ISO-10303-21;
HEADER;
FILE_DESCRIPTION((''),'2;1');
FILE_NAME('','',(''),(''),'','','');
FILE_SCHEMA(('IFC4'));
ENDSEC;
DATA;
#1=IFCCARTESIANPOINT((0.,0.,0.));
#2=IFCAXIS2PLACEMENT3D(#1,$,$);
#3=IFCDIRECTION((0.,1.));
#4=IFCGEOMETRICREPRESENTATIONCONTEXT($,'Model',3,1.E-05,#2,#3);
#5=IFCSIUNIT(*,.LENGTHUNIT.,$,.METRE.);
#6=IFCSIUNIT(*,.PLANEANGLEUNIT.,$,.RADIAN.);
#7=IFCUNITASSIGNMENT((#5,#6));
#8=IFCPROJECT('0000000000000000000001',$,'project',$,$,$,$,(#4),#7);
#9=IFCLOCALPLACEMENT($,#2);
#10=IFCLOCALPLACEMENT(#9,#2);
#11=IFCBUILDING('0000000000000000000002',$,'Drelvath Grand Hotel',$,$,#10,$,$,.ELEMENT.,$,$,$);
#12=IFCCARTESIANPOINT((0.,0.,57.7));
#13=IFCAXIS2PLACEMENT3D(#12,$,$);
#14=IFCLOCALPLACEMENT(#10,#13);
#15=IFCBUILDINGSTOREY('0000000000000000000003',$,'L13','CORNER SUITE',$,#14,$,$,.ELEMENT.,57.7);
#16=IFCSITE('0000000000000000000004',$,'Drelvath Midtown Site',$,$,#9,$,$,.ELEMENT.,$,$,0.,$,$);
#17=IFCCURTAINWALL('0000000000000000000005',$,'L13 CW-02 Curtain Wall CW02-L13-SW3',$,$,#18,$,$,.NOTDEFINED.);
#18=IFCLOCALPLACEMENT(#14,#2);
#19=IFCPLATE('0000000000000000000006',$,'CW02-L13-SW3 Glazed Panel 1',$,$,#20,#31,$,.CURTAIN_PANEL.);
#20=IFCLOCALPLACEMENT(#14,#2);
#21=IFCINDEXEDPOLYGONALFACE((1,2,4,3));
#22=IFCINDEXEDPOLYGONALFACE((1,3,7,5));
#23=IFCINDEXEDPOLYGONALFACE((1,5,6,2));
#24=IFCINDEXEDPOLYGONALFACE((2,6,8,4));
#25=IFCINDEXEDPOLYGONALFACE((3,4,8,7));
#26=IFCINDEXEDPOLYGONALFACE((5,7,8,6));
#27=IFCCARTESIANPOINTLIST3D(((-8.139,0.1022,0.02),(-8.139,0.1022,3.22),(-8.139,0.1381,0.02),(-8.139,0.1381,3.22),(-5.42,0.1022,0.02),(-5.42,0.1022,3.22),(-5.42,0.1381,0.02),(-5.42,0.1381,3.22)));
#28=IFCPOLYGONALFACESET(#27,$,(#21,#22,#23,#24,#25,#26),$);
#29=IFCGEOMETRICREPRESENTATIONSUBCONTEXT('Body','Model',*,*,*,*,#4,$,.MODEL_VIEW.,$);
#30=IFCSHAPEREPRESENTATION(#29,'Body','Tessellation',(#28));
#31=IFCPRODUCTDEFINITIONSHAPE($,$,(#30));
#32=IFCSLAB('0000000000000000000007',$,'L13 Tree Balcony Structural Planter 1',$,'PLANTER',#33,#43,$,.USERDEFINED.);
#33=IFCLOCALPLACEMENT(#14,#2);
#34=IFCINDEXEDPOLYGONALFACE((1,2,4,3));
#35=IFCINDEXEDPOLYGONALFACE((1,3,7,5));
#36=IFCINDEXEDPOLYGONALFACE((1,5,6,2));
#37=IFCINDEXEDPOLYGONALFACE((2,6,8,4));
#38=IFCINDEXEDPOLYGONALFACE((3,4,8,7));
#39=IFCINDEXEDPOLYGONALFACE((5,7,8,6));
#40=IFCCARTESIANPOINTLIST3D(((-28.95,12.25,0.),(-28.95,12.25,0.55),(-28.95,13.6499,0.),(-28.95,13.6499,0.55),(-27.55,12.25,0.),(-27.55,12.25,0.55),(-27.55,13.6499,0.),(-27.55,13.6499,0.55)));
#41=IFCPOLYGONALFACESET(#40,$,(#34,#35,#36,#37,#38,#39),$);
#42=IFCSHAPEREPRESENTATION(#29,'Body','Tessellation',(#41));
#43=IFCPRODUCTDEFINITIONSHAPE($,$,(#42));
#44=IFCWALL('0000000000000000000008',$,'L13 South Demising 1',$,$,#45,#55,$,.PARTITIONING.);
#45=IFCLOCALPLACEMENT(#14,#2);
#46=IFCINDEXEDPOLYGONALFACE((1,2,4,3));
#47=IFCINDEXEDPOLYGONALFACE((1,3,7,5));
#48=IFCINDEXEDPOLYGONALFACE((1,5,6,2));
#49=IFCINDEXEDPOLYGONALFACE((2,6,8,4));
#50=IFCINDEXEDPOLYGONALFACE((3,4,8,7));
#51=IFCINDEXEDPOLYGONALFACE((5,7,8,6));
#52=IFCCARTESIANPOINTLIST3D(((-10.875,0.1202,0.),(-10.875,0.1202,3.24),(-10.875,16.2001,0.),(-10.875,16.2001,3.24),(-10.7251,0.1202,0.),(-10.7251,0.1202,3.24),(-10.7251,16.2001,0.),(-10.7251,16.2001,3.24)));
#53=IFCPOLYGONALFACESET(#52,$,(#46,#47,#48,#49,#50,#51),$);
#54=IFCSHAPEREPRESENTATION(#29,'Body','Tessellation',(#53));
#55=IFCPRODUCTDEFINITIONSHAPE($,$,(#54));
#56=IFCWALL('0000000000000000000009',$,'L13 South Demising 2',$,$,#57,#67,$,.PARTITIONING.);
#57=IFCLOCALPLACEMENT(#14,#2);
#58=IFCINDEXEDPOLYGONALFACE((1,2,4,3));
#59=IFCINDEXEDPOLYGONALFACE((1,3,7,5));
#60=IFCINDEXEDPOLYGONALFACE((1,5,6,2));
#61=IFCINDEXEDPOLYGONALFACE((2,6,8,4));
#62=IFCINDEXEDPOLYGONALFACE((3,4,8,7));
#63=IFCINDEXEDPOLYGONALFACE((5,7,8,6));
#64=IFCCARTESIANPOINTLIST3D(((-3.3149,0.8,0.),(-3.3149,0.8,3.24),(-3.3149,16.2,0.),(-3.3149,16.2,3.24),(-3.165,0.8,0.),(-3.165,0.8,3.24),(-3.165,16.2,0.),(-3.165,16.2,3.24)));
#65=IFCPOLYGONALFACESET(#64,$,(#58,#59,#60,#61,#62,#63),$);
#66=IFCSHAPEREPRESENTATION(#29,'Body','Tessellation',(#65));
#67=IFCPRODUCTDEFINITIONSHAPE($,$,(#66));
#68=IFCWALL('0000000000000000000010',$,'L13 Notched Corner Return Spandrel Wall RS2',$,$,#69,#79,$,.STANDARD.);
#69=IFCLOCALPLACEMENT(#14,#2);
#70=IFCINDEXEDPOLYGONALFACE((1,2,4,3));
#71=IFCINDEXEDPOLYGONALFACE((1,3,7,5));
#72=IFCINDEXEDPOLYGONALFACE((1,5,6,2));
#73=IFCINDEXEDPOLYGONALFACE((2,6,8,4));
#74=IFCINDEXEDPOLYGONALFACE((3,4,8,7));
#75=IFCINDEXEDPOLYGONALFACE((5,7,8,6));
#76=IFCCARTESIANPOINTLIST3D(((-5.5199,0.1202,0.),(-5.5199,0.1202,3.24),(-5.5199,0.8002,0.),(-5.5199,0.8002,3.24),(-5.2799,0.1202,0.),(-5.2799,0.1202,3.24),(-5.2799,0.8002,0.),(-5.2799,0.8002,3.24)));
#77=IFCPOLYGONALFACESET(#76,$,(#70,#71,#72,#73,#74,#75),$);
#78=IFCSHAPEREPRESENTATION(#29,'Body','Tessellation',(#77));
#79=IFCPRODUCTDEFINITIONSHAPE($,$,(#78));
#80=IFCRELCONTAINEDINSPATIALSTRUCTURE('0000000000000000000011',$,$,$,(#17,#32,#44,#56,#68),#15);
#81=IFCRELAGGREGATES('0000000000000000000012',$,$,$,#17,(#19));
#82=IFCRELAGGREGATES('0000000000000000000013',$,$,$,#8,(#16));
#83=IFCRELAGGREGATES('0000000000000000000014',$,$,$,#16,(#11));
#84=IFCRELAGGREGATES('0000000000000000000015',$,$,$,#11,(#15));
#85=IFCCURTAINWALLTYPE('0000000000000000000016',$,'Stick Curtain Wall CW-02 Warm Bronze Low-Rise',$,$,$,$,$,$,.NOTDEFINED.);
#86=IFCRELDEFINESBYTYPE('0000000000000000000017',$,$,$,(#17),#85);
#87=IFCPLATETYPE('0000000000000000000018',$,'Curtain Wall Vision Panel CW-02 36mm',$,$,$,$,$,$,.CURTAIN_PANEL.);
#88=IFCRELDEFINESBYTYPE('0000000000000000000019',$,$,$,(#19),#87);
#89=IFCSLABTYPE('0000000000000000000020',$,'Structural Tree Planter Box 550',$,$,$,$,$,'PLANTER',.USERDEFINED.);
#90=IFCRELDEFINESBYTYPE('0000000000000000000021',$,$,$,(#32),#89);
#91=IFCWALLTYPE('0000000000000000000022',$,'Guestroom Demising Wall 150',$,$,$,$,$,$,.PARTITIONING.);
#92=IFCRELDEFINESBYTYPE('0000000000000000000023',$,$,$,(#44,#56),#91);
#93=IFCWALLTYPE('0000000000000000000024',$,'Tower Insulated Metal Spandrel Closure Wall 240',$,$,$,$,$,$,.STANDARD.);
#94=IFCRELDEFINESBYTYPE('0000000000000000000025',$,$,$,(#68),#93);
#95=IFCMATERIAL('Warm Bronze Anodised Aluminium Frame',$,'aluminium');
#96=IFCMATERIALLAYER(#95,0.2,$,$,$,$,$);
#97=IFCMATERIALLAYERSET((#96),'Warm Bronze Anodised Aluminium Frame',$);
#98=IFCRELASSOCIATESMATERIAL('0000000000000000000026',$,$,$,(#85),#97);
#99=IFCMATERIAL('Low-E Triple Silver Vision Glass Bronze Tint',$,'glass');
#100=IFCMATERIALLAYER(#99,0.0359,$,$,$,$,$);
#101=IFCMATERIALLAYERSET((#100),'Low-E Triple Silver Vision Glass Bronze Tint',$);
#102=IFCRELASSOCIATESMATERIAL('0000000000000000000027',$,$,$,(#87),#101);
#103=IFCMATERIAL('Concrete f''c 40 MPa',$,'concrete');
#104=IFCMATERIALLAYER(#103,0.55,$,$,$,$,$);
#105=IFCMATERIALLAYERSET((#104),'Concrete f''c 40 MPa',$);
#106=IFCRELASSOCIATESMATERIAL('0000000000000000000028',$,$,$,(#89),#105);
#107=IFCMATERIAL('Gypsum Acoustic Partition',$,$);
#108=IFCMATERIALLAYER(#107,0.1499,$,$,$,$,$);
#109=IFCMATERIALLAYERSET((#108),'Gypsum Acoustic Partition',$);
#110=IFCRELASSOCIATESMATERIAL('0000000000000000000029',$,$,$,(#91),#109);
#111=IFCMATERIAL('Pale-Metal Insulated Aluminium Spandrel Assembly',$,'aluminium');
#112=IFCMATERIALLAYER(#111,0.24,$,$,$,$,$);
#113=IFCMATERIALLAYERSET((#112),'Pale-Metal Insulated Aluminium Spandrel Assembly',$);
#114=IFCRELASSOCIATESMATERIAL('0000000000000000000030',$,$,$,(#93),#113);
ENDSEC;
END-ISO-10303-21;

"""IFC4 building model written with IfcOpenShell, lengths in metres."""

from ifc_helpers import new_model, si_unit, direction, frame, frame_2d, origin, origin_2d, place, context, subcontext, project, spatial, polyline, rectangle, outline, extrude, material, layer, layer_set, type_object, element, aggregate, save


model = new_model("IFC4")

# Units and contexts
model_context = context("Model", 3, precision=1e-05, world=origin(), true_north=direction((0.0, 1.0)))
body_context = subcontext(model_context, "Body", "Model", "MODEL_VIEW")
ifc_project = project(units=[si_unit("LENGTHUNIT", "METRE"), si_unit("PLANEANGLEUNIT", "RADIAN")], contexts=[model_context])

# Site, building, storey
site_placement = place(None, origin())
site = spatial("IfcSite", under=ifc_project, at=site_placement, Name="Drelvath Midtown Site", CompositionType="ELEMENT", RefElevation=0.0)
building_placement = place(site_placement, origin())
building = spatial("IfcBuilding", under=site, at=building_placement, Name="Drelvath Grand Hotel", CompositionType="ELEMENT")
storey_placement = place(building_placement, frame((0.0, 0.0, 57.7)))
storey = spatial("IfcBuildingStorey", under=building, at=storey_placement, Name="L13", Description="CORNER SUITE", CompositionType="ELEMENT", Elevation=57.7)

# Curtain wall
ifc_material_1 = material(Name="Warm Bronze Anodised Aluminium Frame", Category="aluminium")
ifc_layer_1 = layer(ifc_material_1, 0.2)
ifc_layer_set_1 = layer_set([ifc_layer_1], Name="Warm Bronze Anodised Aluminium Frame")
curtain_wall_type = type_object("IfcCurtainWallType", Name="Stick Curtain Wall CW-02 Warm Bronze Low-Rise", PredefinedType="NOTDEFINED", material=ifc_layer_set_1)
curtain_wall_1_placement = place(storey_placement, origin())
curtain_wall_1 = element("IfcCurtainWall", 1, at=curtain_wall_1_placement, inside=storey, type_object=curtain_wall_type, Name="L13 CW-02 Curtain Wall CW02-L13-SW3", PredefinedType="NOTDEFINED")

# Shared definitions
ifc_material_2 = material(Name="Concrete f'c 40 MPa", Category="concrete")

# Plate
ifc_material_3 = material(Name="Low-E Triple Silver Vision Glass Bronze Tint", Category="glass")
ifc_layer_2 = layer(ifc_material_3, 0.0359)
ifc_layer_set_2 = layer_set([ifc_layer_2], Name="Low-E Triple Silver Vision Glass Bronze Tint")
plate_type = type_object("IfcPlateType", Name="Curtain Wall Vision Panel CW-02 36mm", PredefinedType="CURTAIN_PANEL", material=ifc_layer_set_2)
plate_1_placement = place(storey_placement, frame((-6.7795, 0.1201, 0.02), z_axis=(0.0, 0.0, 1.0), x_axis=(-1.0, 0.0, 0.0)))
plate_1 = element("IfcPlate", 2, at=plate_1_placement, type_object=plate_type, Name="CW02-L13-SW3 Glazed Panel 1", PredefinedType="CURTAIN_PANEL", context=body_context, shape_type="SweptSolid", body=[
    extrude(rectangle(XDim=2.719, YDim=0.0359, at=origin_2d()), origin(), (0.0, 0.0, 1.0), 3.2),
])
aggregate(curtain_wall_1, [plate_1])

# Slab
ifc_layer_3 = layer(ifc_material_2, 0.55)
ifc_layer_set_3 = layer_set([ifc_layer_3], Name="Concrete f'c 40 MPa")
slab_type_1 = type_object("IfcSlabType", Name="Structural Tree Planter Box 550", ElementType="PLANTER", PredefinedType="USERDEFINED", material=ifc_layer_set_3)
slab_1_placement = place(storey_placement, origin())
element("IfcSlab", 3, at=slab_1_placement, inside=storey, type_object=slab_type_1, Name="L13 Tree Balcony Structural Planter 1", ObjectType="PLANTER", PredefinedType="USERDEFINED", context=body_context, shape_type="SweptSolid", body=[
    extrude(outline(polyline([(-28.95, 12.25), (-27.55, 12.25), (-27.55, 13.6499), (-28.95, 13.6499), (-28.95, 12.25)])), origin(), (0.0, 0.0, 1.0), 0.55),
])

# Walls
ifc_material_4 = material(Name="Gypsum Acoustic Partition")
ifc_layer_4 = layer(ifc_material_4, 0.1499)
ifc_layer_set_4 = layer_set([ifc_layer_4], Name="Gypsum Acoustic Partition")
wall_type_1 = type_object("IfcWallType", Name="Guestroom Demising Wall 150", PredefinedType="PARTITIONING", material=ifc_layer_set_4)
wall_1_placement = place(storey_placement, frame((-10.8, 0.1201, 0.0), z_axis=(0.0, 0.0, 1.0), x_axis=(0.0, 1.0, 0.0)))
element("IfcWall", 4, at=wall_1_placement, inside=storey, type_object=wall_type_1, Name="L13 South Demising 1", PredefinedType="PARTITIONING", context=body_context, shape_type="SweptSolid", body=[
    extrude(rectangle(XDim=16.0798, YDim=0.1499, at=frame_2d((8.04, 0.0))), origin(), (0.0, 0.0, 1.0), 3.24),
])
wall_2_placement = place(storey_placement, frame((-3.24, 0.8, 0.0), z_axis=(0.0, 0.0, 1.0), x_axis=(0.0, 1.0, 0.0)))
element("IfcWall", 5, at=wall_2_placement, inside=storey, type_object=wall_type_1, Name="L13 South Demising 2", PredefinedType="PARTITIONING", context=body_context, shape_type="SweptSolid", body=[
    extrude(rectangle(XDim=15.3999, YDim=0.1499, at=frame_2d((7.7, 0.0))), origin(), (0.0, 0.0, 1.0), 3.24),
])
ifc_material_5 = material(Name="Pale-Metal Insulated Aluminium Spandrel Assembly", Category="aluminium")
ifc_layer_5 = layer(ifc_material_5, 0.24)
ifc_layer_set_5 = layer_set([ifc_layer_5], Name="Pale-Metal Insulated Aluminium Spandrel Assembly")
wall_type_2 = type_object("IfcWallType", Name="Tower Insulated Metal Spandrel Closure Wall 240", PredefinedType="STANDARD", material=ifc_layer_set_5)
wall_3_placement = place(storey_placement, frame((-5.3999, 0.8, 0.0), z_axis=(0.0, 0.0, 1.0), x_axis=(0.0, -1.0, 0.0)))
element("IfcWall", 6, at=wall_3_placement, inside=storey, type_object=wall_type_2, Name="L13 Notched Corner Return Spandrel Wall RS2", PredefinedType="STANDARD", context=body_context, shape_type="SweptSolid", body=[
    extrude(rectangle(XDim=0.6799, YDim=0.24, at=frame_2d((0.3398, 0.0))), origin(), (0.0, 0.0, 1.0), 3.24),
])

save(model, "model.ifc")
